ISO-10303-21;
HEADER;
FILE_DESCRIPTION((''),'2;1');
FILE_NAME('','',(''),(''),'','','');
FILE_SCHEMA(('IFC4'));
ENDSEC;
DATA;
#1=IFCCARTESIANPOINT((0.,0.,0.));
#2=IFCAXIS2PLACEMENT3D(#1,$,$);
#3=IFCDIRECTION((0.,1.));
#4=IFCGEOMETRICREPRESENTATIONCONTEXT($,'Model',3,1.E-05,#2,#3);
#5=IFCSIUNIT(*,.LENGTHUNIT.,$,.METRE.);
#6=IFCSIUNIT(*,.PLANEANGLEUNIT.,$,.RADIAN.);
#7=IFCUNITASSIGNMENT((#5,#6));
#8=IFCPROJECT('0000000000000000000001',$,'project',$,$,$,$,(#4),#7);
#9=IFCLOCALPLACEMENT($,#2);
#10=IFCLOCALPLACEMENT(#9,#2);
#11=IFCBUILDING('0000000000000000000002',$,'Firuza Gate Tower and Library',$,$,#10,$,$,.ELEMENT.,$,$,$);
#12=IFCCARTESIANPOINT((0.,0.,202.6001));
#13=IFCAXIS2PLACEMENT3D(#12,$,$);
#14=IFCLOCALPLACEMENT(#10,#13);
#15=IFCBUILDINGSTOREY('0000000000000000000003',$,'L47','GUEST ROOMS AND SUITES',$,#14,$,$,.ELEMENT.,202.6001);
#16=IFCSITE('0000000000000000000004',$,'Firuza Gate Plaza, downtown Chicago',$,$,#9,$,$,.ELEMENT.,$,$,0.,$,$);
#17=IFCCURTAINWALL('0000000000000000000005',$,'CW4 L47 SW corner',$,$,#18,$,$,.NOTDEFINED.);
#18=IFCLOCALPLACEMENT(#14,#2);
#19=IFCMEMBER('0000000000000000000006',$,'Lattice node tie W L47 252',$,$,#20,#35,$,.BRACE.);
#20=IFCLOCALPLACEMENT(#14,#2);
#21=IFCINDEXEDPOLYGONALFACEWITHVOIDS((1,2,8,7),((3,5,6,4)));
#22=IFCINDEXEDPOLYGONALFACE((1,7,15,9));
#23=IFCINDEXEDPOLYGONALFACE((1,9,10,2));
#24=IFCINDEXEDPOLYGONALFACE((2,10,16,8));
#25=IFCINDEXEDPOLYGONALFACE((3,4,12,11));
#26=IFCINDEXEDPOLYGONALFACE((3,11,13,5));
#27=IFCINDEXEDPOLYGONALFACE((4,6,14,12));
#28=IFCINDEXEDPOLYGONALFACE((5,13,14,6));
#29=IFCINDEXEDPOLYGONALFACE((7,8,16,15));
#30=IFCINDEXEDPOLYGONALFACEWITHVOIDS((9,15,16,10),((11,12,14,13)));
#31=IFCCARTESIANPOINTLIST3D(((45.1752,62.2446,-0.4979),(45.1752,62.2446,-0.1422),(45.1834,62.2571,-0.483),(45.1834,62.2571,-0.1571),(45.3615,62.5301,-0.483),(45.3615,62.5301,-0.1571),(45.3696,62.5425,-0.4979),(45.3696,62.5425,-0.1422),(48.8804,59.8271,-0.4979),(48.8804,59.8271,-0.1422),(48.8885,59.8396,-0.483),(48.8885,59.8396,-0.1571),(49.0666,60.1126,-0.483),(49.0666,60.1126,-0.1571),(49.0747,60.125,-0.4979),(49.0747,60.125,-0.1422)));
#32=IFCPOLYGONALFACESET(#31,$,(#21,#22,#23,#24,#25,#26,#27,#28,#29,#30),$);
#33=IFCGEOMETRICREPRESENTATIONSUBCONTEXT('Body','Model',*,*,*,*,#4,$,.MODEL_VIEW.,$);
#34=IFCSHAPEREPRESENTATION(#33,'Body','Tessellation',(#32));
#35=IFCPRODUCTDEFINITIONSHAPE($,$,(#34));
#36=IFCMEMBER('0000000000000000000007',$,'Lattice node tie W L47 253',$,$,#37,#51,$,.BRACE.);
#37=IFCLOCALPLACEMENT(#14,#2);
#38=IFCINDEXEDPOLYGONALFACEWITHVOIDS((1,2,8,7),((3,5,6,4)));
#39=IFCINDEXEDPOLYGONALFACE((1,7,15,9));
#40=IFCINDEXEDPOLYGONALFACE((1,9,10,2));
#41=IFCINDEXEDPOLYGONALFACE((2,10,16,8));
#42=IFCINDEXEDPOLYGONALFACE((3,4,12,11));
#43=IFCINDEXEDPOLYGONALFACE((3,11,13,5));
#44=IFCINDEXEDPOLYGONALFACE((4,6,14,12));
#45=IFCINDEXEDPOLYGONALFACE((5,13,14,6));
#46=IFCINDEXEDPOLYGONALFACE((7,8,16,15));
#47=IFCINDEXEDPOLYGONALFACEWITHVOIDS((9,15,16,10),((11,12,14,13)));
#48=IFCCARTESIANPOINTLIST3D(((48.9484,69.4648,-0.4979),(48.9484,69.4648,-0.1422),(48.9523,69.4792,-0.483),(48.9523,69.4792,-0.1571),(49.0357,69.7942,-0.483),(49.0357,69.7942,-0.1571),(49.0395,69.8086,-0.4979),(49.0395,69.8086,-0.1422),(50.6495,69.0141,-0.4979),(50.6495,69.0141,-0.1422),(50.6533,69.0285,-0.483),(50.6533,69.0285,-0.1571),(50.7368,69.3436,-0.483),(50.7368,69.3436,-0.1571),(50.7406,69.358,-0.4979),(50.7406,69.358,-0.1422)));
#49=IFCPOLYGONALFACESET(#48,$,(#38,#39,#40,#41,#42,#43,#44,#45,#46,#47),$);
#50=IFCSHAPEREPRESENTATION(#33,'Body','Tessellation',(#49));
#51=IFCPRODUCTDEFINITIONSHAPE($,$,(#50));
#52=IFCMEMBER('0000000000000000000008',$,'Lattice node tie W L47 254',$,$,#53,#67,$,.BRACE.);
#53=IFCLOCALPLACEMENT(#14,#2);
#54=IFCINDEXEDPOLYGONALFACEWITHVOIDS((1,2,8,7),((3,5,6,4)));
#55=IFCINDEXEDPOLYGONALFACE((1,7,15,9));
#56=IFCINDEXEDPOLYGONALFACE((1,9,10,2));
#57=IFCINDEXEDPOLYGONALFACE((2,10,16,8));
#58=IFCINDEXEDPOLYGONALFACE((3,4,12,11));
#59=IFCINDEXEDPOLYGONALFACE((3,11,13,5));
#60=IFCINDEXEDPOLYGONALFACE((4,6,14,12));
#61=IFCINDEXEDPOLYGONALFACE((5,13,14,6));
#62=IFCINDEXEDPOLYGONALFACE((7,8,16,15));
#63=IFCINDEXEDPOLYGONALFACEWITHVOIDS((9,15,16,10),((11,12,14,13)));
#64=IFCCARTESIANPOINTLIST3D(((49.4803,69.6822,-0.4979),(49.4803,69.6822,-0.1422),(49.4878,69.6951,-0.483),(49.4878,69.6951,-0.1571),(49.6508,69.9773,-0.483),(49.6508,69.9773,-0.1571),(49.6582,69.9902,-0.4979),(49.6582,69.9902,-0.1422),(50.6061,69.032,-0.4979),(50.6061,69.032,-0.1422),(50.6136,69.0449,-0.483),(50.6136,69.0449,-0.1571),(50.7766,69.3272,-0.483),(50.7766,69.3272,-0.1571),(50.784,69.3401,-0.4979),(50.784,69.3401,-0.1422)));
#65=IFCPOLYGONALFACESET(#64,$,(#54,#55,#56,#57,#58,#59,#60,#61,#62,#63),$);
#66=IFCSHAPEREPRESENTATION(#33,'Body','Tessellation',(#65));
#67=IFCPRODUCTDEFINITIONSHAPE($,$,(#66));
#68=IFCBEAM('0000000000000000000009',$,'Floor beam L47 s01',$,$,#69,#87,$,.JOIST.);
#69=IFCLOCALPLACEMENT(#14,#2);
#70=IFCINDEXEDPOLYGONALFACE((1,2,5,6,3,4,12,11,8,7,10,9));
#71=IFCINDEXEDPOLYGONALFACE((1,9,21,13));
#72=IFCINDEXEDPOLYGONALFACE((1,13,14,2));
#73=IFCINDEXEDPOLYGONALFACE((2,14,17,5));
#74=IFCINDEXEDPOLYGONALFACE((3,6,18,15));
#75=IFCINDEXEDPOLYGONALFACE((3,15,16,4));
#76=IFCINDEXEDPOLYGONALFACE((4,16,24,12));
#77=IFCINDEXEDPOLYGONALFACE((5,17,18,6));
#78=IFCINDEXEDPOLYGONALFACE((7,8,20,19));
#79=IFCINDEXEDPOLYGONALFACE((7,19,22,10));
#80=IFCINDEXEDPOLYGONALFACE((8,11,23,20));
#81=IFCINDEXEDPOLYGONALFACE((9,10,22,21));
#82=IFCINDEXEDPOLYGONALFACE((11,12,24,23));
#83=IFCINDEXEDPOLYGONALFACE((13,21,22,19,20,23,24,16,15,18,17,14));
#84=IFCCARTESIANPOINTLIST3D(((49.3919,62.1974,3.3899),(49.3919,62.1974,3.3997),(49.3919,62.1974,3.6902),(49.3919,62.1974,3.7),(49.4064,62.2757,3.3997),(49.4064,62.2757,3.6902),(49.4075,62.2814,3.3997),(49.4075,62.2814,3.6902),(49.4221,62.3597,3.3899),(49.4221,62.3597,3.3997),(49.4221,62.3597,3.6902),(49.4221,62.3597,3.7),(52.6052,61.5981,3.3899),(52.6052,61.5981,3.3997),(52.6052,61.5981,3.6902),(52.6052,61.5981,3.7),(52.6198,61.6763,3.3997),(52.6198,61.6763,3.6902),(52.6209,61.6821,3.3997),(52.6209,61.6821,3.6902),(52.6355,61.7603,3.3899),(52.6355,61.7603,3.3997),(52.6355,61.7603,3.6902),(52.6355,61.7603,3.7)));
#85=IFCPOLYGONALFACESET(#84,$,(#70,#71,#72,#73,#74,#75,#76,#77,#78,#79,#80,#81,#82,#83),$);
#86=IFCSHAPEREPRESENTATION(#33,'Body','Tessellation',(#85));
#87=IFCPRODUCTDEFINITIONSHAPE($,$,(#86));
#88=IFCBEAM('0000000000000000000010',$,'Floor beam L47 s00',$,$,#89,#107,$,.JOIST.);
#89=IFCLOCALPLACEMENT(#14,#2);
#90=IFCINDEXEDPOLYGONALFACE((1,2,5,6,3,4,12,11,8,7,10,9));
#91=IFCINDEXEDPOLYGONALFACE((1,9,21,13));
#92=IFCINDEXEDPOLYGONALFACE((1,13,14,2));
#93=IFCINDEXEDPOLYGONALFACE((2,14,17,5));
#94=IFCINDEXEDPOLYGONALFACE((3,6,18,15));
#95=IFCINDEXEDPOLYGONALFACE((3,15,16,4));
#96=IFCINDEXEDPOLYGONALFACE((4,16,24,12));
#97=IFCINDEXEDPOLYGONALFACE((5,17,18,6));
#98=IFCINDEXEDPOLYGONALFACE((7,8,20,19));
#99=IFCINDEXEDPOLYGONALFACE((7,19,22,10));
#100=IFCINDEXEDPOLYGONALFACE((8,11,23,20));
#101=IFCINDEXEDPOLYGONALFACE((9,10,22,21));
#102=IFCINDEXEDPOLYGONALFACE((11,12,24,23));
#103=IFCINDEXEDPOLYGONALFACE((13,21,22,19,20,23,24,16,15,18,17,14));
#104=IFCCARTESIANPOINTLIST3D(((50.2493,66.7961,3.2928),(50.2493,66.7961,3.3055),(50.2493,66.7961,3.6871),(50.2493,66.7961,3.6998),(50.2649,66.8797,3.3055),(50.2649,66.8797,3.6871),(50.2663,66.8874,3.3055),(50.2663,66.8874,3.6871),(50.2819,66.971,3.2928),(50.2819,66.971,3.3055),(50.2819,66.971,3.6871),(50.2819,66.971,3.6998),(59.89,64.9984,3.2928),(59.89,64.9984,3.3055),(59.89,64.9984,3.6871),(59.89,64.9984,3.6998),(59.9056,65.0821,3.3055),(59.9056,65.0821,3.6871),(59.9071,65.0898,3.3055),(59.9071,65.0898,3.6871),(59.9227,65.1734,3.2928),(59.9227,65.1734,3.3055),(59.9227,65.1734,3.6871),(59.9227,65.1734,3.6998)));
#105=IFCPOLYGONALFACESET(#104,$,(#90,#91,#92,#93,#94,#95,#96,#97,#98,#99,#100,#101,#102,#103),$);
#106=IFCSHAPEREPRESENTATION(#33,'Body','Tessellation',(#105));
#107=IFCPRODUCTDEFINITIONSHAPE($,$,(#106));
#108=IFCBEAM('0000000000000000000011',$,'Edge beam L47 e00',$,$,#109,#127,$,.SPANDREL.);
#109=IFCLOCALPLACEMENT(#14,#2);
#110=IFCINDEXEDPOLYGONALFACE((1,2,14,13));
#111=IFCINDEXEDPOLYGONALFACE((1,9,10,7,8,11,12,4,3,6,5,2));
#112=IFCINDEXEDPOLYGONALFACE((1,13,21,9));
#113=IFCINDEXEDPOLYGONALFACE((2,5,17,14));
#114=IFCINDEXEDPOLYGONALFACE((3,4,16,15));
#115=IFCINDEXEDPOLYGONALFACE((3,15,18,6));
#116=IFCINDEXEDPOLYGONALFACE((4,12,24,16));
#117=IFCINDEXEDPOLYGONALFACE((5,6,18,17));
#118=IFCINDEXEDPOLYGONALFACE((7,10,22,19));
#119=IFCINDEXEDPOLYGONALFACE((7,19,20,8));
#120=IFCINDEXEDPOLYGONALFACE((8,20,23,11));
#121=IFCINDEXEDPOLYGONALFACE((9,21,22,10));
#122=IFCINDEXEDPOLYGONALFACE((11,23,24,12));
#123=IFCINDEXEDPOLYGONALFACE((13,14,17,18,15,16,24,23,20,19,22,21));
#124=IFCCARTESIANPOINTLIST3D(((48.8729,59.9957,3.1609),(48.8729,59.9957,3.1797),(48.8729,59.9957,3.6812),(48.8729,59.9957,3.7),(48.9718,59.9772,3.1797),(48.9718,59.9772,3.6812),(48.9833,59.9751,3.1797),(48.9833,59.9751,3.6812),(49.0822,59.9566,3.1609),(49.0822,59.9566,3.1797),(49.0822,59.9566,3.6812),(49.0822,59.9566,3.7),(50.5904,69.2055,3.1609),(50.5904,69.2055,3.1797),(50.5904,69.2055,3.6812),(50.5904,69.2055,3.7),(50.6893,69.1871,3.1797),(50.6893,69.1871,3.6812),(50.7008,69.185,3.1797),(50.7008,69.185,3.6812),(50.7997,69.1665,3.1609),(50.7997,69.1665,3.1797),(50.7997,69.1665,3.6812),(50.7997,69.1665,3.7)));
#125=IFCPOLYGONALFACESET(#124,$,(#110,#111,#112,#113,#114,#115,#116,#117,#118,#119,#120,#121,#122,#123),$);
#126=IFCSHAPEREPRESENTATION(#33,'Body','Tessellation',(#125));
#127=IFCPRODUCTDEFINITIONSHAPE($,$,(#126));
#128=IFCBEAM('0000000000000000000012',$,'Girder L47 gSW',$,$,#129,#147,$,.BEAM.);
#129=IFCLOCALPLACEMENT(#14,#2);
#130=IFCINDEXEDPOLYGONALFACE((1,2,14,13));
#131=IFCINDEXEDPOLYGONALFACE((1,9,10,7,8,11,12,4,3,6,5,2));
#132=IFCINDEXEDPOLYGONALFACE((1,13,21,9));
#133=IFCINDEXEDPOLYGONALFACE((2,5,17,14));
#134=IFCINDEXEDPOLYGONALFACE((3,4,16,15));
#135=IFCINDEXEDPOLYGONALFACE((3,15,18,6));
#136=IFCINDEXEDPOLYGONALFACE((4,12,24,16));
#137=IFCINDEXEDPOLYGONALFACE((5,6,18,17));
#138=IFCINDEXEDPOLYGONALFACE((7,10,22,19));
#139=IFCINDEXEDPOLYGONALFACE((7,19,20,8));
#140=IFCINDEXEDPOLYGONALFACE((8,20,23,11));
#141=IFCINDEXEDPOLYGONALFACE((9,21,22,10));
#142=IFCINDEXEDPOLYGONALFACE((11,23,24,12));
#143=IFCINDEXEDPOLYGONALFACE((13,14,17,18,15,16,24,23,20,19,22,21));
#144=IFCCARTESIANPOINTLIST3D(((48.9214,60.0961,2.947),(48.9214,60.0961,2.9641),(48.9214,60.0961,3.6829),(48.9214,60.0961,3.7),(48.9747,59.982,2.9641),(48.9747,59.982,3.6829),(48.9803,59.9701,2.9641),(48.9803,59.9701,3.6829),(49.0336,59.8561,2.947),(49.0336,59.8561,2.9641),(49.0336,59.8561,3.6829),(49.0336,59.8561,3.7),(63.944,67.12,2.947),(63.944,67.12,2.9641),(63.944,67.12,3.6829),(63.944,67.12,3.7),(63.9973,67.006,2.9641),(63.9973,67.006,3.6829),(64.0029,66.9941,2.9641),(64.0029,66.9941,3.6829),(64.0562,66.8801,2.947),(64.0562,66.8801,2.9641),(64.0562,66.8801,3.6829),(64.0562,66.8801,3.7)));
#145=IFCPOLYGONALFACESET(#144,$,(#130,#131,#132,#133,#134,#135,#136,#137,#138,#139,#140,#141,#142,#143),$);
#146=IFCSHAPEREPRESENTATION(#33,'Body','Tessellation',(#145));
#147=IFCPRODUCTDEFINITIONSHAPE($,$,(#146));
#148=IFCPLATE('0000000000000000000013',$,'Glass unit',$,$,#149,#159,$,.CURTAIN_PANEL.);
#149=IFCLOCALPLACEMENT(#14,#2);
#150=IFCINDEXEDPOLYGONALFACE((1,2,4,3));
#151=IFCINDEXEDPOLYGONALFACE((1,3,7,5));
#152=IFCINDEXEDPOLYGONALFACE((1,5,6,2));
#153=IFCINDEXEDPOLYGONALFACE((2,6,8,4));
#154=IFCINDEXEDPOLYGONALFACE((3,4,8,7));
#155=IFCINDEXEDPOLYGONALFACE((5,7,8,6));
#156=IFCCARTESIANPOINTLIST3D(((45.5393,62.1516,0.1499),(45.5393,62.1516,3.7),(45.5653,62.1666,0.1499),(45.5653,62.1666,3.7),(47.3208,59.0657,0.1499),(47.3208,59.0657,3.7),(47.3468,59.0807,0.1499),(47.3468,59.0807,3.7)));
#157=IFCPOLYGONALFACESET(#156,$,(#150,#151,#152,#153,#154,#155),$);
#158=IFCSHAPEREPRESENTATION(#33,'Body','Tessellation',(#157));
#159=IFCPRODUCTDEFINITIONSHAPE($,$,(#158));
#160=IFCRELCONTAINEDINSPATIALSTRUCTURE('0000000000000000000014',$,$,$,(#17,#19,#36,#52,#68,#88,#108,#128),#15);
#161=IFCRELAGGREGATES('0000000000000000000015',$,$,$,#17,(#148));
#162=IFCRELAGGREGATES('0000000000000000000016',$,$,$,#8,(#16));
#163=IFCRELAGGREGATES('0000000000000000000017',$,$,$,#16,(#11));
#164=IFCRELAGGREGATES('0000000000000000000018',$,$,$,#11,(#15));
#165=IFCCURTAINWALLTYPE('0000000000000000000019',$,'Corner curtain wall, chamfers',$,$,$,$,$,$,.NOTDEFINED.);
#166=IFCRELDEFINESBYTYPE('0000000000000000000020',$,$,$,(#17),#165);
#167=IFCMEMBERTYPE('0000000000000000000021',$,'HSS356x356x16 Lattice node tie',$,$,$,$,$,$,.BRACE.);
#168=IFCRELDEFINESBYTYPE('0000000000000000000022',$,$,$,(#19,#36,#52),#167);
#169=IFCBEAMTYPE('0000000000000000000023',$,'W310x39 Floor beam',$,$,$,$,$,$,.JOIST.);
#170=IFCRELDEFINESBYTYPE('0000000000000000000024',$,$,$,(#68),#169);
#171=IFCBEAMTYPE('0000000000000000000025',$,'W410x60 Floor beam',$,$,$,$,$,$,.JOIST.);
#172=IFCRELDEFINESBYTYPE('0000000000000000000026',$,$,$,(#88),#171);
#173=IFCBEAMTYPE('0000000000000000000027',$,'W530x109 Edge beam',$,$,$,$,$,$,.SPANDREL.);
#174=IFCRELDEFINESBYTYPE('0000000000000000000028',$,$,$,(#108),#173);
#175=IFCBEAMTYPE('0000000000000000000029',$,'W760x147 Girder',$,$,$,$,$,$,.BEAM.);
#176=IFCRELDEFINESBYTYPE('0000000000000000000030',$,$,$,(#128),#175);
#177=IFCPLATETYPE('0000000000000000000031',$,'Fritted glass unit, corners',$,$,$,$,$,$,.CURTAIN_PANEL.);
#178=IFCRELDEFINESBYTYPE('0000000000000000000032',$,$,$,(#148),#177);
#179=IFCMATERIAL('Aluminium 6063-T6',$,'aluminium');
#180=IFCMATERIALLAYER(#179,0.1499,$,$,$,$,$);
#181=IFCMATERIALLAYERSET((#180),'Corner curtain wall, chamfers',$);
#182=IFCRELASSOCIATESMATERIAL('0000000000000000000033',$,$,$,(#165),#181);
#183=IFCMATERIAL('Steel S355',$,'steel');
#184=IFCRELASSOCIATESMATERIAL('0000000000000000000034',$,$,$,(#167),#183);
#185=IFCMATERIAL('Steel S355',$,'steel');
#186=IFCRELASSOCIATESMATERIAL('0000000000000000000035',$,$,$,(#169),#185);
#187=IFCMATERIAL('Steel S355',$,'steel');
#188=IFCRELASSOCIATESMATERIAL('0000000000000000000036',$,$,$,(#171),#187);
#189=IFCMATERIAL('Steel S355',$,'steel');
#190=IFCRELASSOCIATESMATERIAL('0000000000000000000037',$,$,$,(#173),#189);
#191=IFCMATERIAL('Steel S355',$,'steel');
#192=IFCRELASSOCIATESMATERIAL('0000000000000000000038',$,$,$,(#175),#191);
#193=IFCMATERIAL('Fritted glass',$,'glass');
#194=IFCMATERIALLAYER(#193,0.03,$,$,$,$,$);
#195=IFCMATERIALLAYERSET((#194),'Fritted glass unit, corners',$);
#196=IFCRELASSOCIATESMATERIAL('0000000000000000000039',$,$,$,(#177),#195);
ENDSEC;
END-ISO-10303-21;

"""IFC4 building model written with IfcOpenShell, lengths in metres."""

from ifc_helpers import new_model, si_unit, direction, frame, origin, origin_2d, place, context, subcontext, project, spatial, polyline, hollow_rectangle, i_section, outline, extrude, material, layer, layer_set, material_profile, profile_set, type_object, element, aggregate, save


model = new_model("IFC4")

# Units and contexts
model_context = context("Model", 3, precision=1e-05, world=origin(), true_north=direction((0.0, 1.0)))
body_context = subcontext(model_context, "Body", "Model", "MODEL_VIEW")
ifc_project = project(units=[si_unit("LENGTHUNIT", "METRE"), si_unit("PLANEANGLEUNIT", "RADIAN")], contexts=[model_context])

# Site, building, storey
site_placement = place(None, origin())
site = spatial("IfcSite", under=ifc_project, at=site_placement, Name="Firuza Gate Plaza, downtown Chicago", CompositionType="ELEMENT", RefElevation=0.0)
building_placement = place(site_placement, origin())
building = spatial("IfcBuilding", under=site, at=building_placement, Name="Firuza Gate Tower and Library", CompositionType="ELEMENT")
storey_placement = place(building_placement, frame((0.0, 0.0, 202.6001)))
storey = spatial("IfcBuildingStorey", under=building, at=storey_placement, Name="L47", Description="GUEST ROOMS AND SUITES", CompositionType="ELEMENT", Elevation=202.6001)

# Curtain wall
ifc_material_1 = material(Name="Aluminium 6063-T6", Category="aluminium")
ifc_layer_1 = layer(ifc_material_1, 0.1499)
ifc_layer_set_1 = layer_set([ifc_layer_1], Name="Corner curtain wall, chamfers")
curtain_wall_type = type_object("IfcCurtainWallType", Name="Corner curtain wall, chamfers", PredefinedType="NOTDEFINED", material=ifc_layer_set_1)
curtain_wall_placement = place(storey_placement, origin())
curtain_wall = element("IfcCurtainWall", 1, at=curtain_wall_placement, inside=storey, type_object=curtain_wall_type, Name="CW4 L47 SW corner", PredefinedType="NOTDEFINED")

# Members
ifc_material_2 = material(Name="Steel S355", Category="steel")
ifc_material_profile_1 = material_profile(ifc_material_2, hollow_rectangle(XDim=0.3557, YDim=0.3557, WallThickness=0.0149, at=origin_2d()))
ifc_profile_set_1 = profile_set([ifc_material_profile_1], Name="Steel S355")
member_type_1 = type_object("IfcMemberType", Name="HSS356x356x16 Lattice node tie", PredefinedType="BRACE", material=ifc_profile_set_1)
member_1_placement = place(storey_placement, frame((48.9775, 59.9761, -0.3201), z_axis=(-0.837494, 0.546446, 0.0), x_axis=(-0.546446, -0.837494, 0.0)))
element("IfcMember", 2, at=member_1_placement, inside=storey, type_object=member_type_1, Name="Lattice node tie W L47 252", PredefinedType="BRACE", context=body_context, shape_type="SweptSolid", body=[
    extrude(hollow_rectangle(XDim=0.3557, YDim=0.3557, WallThickness=0.0149, at=origin_2d()), origin(), (0.0, 0.0, 1.0), 4.4241),
])
member_2_placement = place(storey_placement, frame((50.6951, 69.186, -0.3201), z_axis=(-0.966653, 0.256091, 0.0), x_axis=(-0.256091, -0.966653, 0.0)))
element("IfcMember", 3, at=member_2_placement, inside=storey, type_object=member_type_1, Name="Lattice node tie W L47 253", PredefinedType="BRACE", context=body_context, shape_type="SweptSolid", body=[
    extrude(hollow_rectangle(XDim=0.3557, YDim=0.3557, WallThickness=0.0149, at=origin_2d()), origin(), (0.0, 0.0, 1.0), 1.7598),
])
member_3_placement = place(storey_placement, frame((50.6951, 69.186, -0.3201), z_axis=(-0.865957, 0.500118, 0.0), x_axis=(-0.500118, -0.865957, 0.0)))
element("IfcMember", 4, at=member_3_placement, inside=storey, type_object=member_type_1, Name="Lattice node tie W L47 254", PredefinedType="BRACE", context=body_context, shape_type="SweptSolid", body=[
    extrude(hollow_rectangle(XDim=0.3557, YDim=0.3557, WallThickness=0.0149, at=origin_2d()), origin(), (0.0, 0.0, 1.0), 1.3),
])

# Beams
ifc_material_3 = material(Name="Steel S355", Category="steel")
ifc_material_profile_2 = material_profile(ifc_material_3, i_section(OverallWidth=0.165, OverallDepth=0.3101, WebThickness=0.0059, FlangeThickness=0.0098, at=origin_2d()))
ifc_profile_set_2 = profile_set([ifc_material_profile_2], Name="Steel S355")
beam_type_1 = type_object("IfcBeamType", Name="W310x39 Floor beam", PredefinedType="JOIST", material=ifc_profile_set_2)
beam_1_placement = place(storey_placement, frame((49.407, 62.2786, 3.5449), z_axis=(0.983046, -0.18336, 0.0), x_axis=(0.18336, 0.983046, 0.0)))
element("IfcBeam", 5, at=beam_1_placement, inside=storey, type_object=beam_type_1, Name="Floor beam L47 s01", PredefinedType="JOIST", context=body_context, shape_type="SweptSolid", body=[
    extrude(i_section(OverallWidth=0.165, OverallDepth=0.3101, WebThickness=0.0059, FlangeThickness=0.0098, at=origin_2d()), origin(), (0.0, 0.0, 1.0), 3.2688),
])
ifc_material_4 = material(Name="Steel S355", Category="steel")
ifc_material_profile_3 = material_profile(ifc_material_4, i_section(OverallWidth=0.178, OverallDepth=0.407, WebThickness=0.0078, FlangeThickness=0.0127, at=origin_2d()))
ifc_profile_set_3 = profile_set([ifc_material_profile_3], Name="Steel S355")
beam_type_2 = type_object("IfcBeamType", Name="W410x60 Floor beam", PredefinedType="JOIST", material=ifc_profile_set_3)
beam_2_placement = place(storey_placement, frame((50.2656, 66.8835, 3.4963), z_axis=(0.983057, -0.183302, 0.0), x_axis=(0.183302, 0.983057, 0.0)))
element("IfcBeam", 6, at=beam_2_placement, inside=storey, type_object=beam_type_2, Name="Floor beam L47 s00", PredefinedType="JOIST", context=body_context, shape_type="SweptSolid", body=[
    extrude(i_section(OverallWidth=0.178, OverallDepth=0.407, WebThickness=0.0078, FlangeThickness=0.0127, at=origin_2d()), origin(), (0.0, 0.0, 1.0), 9.8069),
])
ifc_material_5 = material(Name="Steel S355", Category="steel")
ifc_material_profile_4 = material_profile(ifc_material_5, i_section(OverallWidth=0.2129, OverallDepth=0.5391, WebThickness=0.0117, FlangeThickness=0.0188, at=origin_2d()))
ifc_profile_set_4 = profile_set([ifc_material_profile_4], Name="Steel S355")
beam_type_3 = type_object("IfcBeamType", Name="W530x109 Edge beam", PredefinedType="SPANDREL", material=ifc_profile_set_4)
beam_3_placement = place(storey_placement, frame((50.6951, 69.186, 3.4304), z_axis=(-0.183326, -0.983052, 0.0), x_axis=(0.983052, -0.183326, 0.0)))
element("IfcBeam", 7, at=beam_3_placement, inside=storey, type_object=beam_type_3, Name="Edge beam L47 e00", PredefinedType="SPANDREL", context=body_context, shape_type="SweptSolid", body=[
    extrude(i_section(OverallWidth=0.2129, OverallDepth=0.5391, WebThickness=0.0117, FlangeThickness=0.0188, at=origin_2d()), origin(), (0.0, 0.0, 1.0), 9.3687),
])
ifc_material_6 = material(Name="Steel S355", Category="steel")
ifc_material_profile_5 = material_profile(ifc_material_6, i_section(OverallWidth=0.2649, OverallDepth=0.7529, WebThickness=0.0132, FlangeThickness=0.0171, at=origin_2d()))
ifc_profile_set_5 = profile_set([ifc_material_profile_5], Name="Steel S355")
beam_type_4 = type_object("IfcBeamType", Name="W760x147 Girder", PredefinedType="BEAM", material=ifc_profile_set_5)
beam_4_placement = place(storey_placement, frame((48.9775, 59.9761, 3.3235), z_axis=(0.905872, 0.423551, 0.0), x_axis=(-0.423551, 0.905872, 0.0)))
element("IfcBeam", 8, at=beam_4_placement, inside=storey, type_object=beam_type_4, Name="Girder L47 gSW", PredefinedType="BEAM", context=body_context, shape_type="SweptSolid", body=[
    extrude(i_section(OverallWidth=0.2649, OverallDepth=0.7529, WebThickness=0.0132, FlangeThickness=0.0171, at=origin_2d()), origin(), (0.0, 0.0, 1.0), 16.5835),
])

# Plate
ifc_material_7 = material(Name="Fritted glass", Category="glass")
ifc_layer_2 = layer(ifc_material_7, 0.03)
ifc_layer_set_2 = layer_set([ifc_layer_2], Name="Fritted glass unit, corners")
plate_type = type_object("IfcPlateType", Name="Fritted glass unit, corners", PredefinedType="CURTAIN_PANEL", material=ifc_layer_set_2)
plate_placement = place(storey_placement, frame((45.5393, 62.1516, 0.1499), z_axis=(-0.866046, -0.499964, 0.0), x_axis=(0.499964, -0.866046, 0.0)))
plate = element("IfcPlate", 9, at=plate_placement, type_object=plate_type, Name="Glass unit", PredefinedType="CURTAIN_PANEL", context=body_context, shape_type="SweptSolid", body=[
    extrude(outline(polyline([(0.0, 0.0), (3.5632, 0.0), (3.5632, 3.55), (0.0, 3.55), (0.0, 0.0)])), origin(), (0.0, 0.0, -1.0), 0.03),
])
aggregate(curtain_wall, [plate])

save(model, "model.ifc")
